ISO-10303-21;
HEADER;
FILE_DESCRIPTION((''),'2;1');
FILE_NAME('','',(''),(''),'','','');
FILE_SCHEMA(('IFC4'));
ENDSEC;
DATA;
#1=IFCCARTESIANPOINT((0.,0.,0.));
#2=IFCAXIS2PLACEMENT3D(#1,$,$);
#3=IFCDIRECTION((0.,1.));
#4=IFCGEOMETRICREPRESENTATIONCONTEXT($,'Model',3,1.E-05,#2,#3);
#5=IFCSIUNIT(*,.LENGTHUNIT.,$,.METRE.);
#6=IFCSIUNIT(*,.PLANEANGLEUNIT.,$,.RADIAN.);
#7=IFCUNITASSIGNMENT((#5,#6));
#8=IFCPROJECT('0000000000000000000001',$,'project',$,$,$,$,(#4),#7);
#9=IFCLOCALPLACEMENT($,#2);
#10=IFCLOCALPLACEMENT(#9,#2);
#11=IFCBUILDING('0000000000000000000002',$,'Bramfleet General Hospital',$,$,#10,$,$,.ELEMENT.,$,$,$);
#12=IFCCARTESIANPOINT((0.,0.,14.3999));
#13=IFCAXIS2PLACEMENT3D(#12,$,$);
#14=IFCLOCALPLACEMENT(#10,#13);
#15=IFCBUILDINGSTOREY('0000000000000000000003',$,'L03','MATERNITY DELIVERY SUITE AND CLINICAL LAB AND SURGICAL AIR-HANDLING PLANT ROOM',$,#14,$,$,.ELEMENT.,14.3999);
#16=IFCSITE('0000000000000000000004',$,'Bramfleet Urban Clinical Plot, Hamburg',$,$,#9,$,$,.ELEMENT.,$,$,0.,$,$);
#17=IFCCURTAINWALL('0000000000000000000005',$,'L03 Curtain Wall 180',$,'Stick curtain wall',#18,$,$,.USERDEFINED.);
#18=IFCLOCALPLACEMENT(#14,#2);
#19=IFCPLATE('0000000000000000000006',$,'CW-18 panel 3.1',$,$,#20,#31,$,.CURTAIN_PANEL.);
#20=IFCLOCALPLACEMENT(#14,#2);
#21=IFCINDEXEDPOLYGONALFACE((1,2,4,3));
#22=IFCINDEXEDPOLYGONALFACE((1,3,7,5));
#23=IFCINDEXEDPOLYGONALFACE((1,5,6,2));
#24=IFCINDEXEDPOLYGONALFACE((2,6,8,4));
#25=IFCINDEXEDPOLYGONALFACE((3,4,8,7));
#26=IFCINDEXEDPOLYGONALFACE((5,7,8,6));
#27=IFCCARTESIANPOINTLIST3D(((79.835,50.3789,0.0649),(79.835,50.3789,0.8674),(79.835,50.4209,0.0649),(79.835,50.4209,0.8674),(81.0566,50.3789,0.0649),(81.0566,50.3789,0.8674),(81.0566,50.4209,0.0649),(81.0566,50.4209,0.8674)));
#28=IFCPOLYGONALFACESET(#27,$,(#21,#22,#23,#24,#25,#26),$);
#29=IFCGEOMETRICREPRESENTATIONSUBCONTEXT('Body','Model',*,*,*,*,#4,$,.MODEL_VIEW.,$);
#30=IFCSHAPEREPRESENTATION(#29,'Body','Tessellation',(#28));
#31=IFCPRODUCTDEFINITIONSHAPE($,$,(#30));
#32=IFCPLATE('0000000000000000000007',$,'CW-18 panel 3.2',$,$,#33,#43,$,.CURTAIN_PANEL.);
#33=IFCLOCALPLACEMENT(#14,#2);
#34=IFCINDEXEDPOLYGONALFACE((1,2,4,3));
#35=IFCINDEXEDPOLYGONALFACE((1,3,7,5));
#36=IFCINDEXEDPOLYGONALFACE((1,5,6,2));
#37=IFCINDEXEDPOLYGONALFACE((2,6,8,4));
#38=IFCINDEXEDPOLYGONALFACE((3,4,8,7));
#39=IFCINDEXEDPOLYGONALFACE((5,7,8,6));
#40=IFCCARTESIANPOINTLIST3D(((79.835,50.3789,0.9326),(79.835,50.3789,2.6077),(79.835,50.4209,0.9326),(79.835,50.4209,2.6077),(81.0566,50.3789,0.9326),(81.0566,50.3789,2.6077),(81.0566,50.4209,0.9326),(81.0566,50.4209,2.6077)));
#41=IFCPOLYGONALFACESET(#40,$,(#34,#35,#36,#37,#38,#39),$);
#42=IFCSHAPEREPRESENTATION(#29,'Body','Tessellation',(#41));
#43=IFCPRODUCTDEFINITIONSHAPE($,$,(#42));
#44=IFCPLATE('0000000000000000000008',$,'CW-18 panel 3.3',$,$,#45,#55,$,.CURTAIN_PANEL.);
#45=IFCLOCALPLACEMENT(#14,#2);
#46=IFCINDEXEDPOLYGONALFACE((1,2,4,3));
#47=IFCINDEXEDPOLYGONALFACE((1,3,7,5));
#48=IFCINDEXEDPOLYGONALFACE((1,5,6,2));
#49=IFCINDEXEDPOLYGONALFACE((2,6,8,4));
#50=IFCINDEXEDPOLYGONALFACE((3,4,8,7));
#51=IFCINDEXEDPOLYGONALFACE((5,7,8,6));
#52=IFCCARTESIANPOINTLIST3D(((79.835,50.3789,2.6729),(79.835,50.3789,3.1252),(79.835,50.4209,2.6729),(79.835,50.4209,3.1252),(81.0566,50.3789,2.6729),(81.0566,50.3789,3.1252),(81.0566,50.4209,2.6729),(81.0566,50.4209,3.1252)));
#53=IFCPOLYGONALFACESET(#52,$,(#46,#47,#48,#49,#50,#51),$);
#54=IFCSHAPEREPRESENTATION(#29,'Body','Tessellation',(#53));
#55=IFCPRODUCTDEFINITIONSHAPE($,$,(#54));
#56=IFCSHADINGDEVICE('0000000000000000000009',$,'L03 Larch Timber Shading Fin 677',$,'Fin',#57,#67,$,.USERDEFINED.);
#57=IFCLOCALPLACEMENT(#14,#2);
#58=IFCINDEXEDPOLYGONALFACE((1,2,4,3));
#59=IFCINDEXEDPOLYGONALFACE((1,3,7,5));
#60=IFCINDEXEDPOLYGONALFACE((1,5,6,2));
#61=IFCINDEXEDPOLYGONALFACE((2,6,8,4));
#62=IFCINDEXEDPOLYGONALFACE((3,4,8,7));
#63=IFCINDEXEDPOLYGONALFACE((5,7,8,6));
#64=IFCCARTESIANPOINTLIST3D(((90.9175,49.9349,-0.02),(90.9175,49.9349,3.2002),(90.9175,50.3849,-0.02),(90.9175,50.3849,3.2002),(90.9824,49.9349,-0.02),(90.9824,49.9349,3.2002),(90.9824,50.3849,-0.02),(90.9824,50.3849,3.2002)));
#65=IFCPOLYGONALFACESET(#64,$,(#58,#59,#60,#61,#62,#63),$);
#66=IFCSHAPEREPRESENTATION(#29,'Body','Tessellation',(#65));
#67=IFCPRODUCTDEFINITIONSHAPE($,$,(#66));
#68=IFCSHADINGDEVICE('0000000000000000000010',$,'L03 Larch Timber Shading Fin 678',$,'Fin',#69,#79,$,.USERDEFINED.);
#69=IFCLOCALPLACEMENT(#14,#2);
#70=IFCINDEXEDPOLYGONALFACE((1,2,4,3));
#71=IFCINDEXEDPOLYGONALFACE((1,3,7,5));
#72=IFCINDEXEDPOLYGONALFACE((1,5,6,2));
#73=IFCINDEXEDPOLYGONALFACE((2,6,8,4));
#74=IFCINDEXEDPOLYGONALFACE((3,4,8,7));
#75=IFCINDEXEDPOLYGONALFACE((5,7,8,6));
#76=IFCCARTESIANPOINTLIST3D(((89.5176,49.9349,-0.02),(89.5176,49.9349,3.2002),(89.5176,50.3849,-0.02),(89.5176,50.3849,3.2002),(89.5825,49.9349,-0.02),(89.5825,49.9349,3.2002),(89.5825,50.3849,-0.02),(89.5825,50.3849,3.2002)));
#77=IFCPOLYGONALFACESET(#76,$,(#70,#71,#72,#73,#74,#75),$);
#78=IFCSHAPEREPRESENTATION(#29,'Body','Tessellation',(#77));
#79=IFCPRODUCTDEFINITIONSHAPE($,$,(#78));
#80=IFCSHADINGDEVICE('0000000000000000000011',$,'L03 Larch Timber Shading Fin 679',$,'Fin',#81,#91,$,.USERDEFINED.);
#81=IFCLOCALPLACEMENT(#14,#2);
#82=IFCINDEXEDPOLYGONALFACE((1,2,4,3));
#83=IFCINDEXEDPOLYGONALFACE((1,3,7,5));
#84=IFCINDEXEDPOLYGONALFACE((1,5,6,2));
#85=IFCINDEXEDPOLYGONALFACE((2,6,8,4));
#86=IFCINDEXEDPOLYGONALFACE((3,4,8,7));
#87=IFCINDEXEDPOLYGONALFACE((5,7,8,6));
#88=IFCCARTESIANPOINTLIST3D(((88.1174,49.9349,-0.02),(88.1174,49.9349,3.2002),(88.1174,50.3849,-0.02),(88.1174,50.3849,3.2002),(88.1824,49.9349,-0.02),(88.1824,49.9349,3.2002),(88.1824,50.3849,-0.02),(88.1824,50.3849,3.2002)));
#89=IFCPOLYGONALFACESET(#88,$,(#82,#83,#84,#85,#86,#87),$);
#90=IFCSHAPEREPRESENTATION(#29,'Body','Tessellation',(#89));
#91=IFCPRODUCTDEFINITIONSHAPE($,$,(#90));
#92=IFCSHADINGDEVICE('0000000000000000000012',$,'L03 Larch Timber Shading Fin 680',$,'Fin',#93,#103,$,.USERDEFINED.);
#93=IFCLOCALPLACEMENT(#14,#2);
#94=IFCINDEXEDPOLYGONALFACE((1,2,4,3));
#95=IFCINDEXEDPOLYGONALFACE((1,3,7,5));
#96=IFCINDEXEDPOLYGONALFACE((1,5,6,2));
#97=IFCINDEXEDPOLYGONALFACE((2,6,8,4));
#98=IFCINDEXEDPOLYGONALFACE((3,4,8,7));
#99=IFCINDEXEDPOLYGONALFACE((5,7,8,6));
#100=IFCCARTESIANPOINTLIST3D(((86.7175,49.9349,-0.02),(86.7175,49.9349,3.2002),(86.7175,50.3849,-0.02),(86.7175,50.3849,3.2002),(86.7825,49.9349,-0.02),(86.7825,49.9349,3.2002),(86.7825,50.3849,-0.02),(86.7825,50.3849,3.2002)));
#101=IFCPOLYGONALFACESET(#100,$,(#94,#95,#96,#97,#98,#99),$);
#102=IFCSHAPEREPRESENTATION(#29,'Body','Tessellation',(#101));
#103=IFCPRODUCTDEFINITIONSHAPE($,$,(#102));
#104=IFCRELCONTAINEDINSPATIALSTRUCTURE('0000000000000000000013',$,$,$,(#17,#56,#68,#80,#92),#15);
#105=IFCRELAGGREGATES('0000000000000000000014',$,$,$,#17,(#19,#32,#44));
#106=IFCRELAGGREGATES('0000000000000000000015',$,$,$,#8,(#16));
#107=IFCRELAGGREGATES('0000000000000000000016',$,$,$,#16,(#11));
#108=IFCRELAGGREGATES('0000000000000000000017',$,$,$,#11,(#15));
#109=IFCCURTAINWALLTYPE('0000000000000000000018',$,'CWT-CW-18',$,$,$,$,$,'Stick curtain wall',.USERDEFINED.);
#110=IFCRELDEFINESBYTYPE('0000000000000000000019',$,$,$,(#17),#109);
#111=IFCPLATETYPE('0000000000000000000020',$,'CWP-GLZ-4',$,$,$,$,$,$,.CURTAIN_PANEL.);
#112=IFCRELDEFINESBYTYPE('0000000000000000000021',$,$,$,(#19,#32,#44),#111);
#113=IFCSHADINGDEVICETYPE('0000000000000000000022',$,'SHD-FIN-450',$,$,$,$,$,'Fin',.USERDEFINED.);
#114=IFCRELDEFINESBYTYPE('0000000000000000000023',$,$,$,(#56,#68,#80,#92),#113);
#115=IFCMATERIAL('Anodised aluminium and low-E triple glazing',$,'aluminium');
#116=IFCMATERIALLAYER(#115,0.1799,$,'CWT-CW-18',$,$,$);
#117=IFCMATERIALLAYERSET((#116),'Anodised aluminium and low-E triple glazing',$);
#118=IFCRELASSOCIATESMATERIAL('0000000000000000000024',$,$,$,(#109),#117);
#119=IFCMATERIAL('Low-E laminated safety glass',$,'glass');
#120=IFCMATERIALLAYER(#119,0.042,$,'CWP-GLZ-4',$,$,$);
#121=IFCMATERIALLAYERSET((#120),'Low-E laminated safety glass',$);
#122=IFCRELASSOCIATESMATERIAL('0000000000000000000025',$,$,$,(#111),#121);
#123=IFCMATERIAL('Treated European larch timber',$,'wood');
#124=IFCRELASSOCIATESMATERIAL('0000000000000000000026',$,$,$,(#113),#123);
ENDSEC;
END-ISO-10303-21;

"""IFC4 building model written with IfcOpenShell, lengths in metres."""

from ifc_helpers import new_model, si_unit, direction, frame, origin, origin_2d, place, context, subcontext, project, spatial, rectangle, extrude, material, layer, layer_set, material_profile, profile_set, type_object, element, aggregate, save


model = new_model("IFC4")

# Units and contexts
model_context = context("Model", 3, precision=1e-05, world=origin(), true_north=direction((0.0, 1.0)))
body_context = subcontext(model_context, "Body", "Model", "MODEL_VIEW")
ifc_project = project(units=[si_unit("LENGTHUNIT", "METRE"), si_unit("PLANEANGLEUNIT", "RADIAN")], contexts=[model_context])

# Site, building, storey
site_placement = place(None, origin())
site = spatial("IfcSite", under=ifc_project, at=site_placement, Name="Bramfleet Urban Clinical Plot, Hamburg", CompositionType="ELEMENT", RefElevation=0.0)
building_placement = place(site_placement, origin())
building = spatial("IfcBuilding", under=site, at=building_placement, Name="Bramfleet General Hospital", CompositionType="ELEMENT")
storey_placement = place(building_placement, frame((0.0, 0.0, 14.3999)))
storey = spatial("IfcBuildingStorey", under=building, at=storey_placement, Name="L03", Description="MATERNITY DELIVERY SUITE AND CLINICAL LAB AND SURGICAL AIR-HANDLING PLANT ROOM", CompositionType="ELEMENT", Elevation=14.3999)

# Shared definitions
ifc_material_1 = material(Name="Anodised aluminium and low-E triple glazing", Category="aluminium")

# Curtain wall
ifc_layer_1 = layer(ifc_material_1, 0.1799, Name="CWT-CW-18")
ifc_layer_set_1 = layer_set([ifc_layer_1], Name="Anodised aluminium and low-E triple glazing")
curtain_wall_type_1 = type_object("IfcCurtainWallType", Name="CWT-CW-18", ElementType="Stick curtain wall", PredefinedType="USERDEFINED", material=ifc_layer_set_1)
curtain_wall_1_placement = place(storey_placement, origin())
curtain_wall_1 = element("IfcCurtainWall", 1, at=curtain_wall_1_placement, inside=storey, type_object=curtain_wall_type_1, Name="L03 Curtain Wall 180", ObjectType="Stick curtain wall", PredefinedType="USERDEFINED")

# Plates
ifc_material_2 = material(Name="Low-E laminated safety glass", Category="glass")
ifc_layer_2 = layer(ifc_material_2, 0.042, Name="CWP-GLZ-4")
ifc_layer_set_2 = layer_set([ifc_layer_2], Name="Low-E laminated safety glass")
plate_type_1 = type_object("IfcPlateType", Name="CWP-GLZ-4", PredefinedType="CURTAIN_PANEL", material=ifc_layer_set_2)
plate_1_placement = place(storey_placement, frame((80.4458, 50.3999, 0.0649), z_axis=(0.0, 0.0, 1.0), x_axis=(-1.0, 0.0, 0.0)))
plate_1 = element("IfcPlate", 2, at=plate_1_placement, type_object=plate_type_1, Name="CW-18 panel 3.1", PredefinedType="CURTAIN_PANEL", context=body_context, shape_type="SweptSolid", body=[
    extrude(rectangle(XDim=1.2217, YDim=0.042, at=origin_2d()), origin(), (0.0, 0.0, 1.0), 0.8025),
])
plate_2_placement = place(storey_placement, frame((80.4458, 50.3999, 0.9326), z_axis=(0.0, 0.0, 1.0), x_axis=(-1.0, 0.0, 0.0)))
plate_2 = element("IfcPlate", 3, at=plate_2_placement, type_object=plate_type_1, Name="CW-18 panel 3.2", PredefinedType="CURTAIN_PANEL", context=body_context, shape_type="SweptSolid", body=[
    extrude(rectangle(XDim=1.2217, YDim=0.042, at=origin_2d()), origin(), (0.0, 0.0, 1.0), 1.675),
])
plate_3_placement = place(storey_placement, frame((80.4458, 50.3999, 2.6729), z_axis=(0.0, 0.0, 1.0), x_axis=(-1.0, 0.0, 0.0)))
plate_3 = element("IfcPlate", 4, at=plate_3_placement, type_object=plate_type_1, Name="CW-18 panel 3.3", PredefinedType="CURTAIN_PANEL", context=body_context, shape_type="SweptSolid", body=[
    extrude(rectangle(XDim=1.2217, YDim=0.042, at=origin_2d()), origin(), (0.0, 0.0, 1.0), 0.4524),
])
aggregate(curtain_wall_1, [plate_1, plate_2, plate_3])

# Shading devices
ifc_material_3 = material(Name="Treated European larch timber", Category="wood")
ifc_material_profile_1 = material_profile(ifc_material_3, rectangle(XDim=0.0649, YDim=0.45, at=origin_2d()), Name="LARCH FIN 450x65")
ifc_profile_set_1 = profile_set([ifc_material_profile_1], Name="Treated European larch timber")
shading_device_type = type_object("IfcShadingDeviceType", Name="SHD-FIN-450", ElementType="Fin", PredefinedType="USERDEFINED", material=ifc_profile_set_1)
for number, where, z_axis, x_axis, name in (
    (5, (90.95, 50.1599, -0.02), (0.0, 0.0, 1.0), (-1.0, 0.0, 0.0), "L03 Larch Timber Shading Fin 677"),
    (6, (89.55, 50.1599, -0.02), (0.0, 0.0, 1.0), (-1.0, 0.0, 0.0), "L03 Larch Timber Shading Fin 678"),
    (7, (88.1499, 50.1599, -0.02), (0.0, 0.0, 1.0), (-1.0, 0.0, 0.0), "L03 Larch Timber Shading Fin 679"),
    (8, (86.75, 50.1599, -0.02), (0.0, 0.0, 1.0), (-1.0, 0.0, 0.0), "L03 Larch Timber Shading Fin 680"),
):
    element("IfcShadingDevice", number, at=place(storey_placement, frame(where, z_axis=z_axis, x_axis=x_axis)), inside=storey, type_object=shading_device_type, Name=name, ObjectType="Fin", PredefinedType="USERDEFINED", context=body_context, shape_type="SweptSolid", body=[
        extrude(rectangle(XDim=0.0649, YDim=0.45, at=origin_2d()), origin(), (0.0, 0.0, 1.0), 3.2202),
    ])

save(model, "model.ifc")
